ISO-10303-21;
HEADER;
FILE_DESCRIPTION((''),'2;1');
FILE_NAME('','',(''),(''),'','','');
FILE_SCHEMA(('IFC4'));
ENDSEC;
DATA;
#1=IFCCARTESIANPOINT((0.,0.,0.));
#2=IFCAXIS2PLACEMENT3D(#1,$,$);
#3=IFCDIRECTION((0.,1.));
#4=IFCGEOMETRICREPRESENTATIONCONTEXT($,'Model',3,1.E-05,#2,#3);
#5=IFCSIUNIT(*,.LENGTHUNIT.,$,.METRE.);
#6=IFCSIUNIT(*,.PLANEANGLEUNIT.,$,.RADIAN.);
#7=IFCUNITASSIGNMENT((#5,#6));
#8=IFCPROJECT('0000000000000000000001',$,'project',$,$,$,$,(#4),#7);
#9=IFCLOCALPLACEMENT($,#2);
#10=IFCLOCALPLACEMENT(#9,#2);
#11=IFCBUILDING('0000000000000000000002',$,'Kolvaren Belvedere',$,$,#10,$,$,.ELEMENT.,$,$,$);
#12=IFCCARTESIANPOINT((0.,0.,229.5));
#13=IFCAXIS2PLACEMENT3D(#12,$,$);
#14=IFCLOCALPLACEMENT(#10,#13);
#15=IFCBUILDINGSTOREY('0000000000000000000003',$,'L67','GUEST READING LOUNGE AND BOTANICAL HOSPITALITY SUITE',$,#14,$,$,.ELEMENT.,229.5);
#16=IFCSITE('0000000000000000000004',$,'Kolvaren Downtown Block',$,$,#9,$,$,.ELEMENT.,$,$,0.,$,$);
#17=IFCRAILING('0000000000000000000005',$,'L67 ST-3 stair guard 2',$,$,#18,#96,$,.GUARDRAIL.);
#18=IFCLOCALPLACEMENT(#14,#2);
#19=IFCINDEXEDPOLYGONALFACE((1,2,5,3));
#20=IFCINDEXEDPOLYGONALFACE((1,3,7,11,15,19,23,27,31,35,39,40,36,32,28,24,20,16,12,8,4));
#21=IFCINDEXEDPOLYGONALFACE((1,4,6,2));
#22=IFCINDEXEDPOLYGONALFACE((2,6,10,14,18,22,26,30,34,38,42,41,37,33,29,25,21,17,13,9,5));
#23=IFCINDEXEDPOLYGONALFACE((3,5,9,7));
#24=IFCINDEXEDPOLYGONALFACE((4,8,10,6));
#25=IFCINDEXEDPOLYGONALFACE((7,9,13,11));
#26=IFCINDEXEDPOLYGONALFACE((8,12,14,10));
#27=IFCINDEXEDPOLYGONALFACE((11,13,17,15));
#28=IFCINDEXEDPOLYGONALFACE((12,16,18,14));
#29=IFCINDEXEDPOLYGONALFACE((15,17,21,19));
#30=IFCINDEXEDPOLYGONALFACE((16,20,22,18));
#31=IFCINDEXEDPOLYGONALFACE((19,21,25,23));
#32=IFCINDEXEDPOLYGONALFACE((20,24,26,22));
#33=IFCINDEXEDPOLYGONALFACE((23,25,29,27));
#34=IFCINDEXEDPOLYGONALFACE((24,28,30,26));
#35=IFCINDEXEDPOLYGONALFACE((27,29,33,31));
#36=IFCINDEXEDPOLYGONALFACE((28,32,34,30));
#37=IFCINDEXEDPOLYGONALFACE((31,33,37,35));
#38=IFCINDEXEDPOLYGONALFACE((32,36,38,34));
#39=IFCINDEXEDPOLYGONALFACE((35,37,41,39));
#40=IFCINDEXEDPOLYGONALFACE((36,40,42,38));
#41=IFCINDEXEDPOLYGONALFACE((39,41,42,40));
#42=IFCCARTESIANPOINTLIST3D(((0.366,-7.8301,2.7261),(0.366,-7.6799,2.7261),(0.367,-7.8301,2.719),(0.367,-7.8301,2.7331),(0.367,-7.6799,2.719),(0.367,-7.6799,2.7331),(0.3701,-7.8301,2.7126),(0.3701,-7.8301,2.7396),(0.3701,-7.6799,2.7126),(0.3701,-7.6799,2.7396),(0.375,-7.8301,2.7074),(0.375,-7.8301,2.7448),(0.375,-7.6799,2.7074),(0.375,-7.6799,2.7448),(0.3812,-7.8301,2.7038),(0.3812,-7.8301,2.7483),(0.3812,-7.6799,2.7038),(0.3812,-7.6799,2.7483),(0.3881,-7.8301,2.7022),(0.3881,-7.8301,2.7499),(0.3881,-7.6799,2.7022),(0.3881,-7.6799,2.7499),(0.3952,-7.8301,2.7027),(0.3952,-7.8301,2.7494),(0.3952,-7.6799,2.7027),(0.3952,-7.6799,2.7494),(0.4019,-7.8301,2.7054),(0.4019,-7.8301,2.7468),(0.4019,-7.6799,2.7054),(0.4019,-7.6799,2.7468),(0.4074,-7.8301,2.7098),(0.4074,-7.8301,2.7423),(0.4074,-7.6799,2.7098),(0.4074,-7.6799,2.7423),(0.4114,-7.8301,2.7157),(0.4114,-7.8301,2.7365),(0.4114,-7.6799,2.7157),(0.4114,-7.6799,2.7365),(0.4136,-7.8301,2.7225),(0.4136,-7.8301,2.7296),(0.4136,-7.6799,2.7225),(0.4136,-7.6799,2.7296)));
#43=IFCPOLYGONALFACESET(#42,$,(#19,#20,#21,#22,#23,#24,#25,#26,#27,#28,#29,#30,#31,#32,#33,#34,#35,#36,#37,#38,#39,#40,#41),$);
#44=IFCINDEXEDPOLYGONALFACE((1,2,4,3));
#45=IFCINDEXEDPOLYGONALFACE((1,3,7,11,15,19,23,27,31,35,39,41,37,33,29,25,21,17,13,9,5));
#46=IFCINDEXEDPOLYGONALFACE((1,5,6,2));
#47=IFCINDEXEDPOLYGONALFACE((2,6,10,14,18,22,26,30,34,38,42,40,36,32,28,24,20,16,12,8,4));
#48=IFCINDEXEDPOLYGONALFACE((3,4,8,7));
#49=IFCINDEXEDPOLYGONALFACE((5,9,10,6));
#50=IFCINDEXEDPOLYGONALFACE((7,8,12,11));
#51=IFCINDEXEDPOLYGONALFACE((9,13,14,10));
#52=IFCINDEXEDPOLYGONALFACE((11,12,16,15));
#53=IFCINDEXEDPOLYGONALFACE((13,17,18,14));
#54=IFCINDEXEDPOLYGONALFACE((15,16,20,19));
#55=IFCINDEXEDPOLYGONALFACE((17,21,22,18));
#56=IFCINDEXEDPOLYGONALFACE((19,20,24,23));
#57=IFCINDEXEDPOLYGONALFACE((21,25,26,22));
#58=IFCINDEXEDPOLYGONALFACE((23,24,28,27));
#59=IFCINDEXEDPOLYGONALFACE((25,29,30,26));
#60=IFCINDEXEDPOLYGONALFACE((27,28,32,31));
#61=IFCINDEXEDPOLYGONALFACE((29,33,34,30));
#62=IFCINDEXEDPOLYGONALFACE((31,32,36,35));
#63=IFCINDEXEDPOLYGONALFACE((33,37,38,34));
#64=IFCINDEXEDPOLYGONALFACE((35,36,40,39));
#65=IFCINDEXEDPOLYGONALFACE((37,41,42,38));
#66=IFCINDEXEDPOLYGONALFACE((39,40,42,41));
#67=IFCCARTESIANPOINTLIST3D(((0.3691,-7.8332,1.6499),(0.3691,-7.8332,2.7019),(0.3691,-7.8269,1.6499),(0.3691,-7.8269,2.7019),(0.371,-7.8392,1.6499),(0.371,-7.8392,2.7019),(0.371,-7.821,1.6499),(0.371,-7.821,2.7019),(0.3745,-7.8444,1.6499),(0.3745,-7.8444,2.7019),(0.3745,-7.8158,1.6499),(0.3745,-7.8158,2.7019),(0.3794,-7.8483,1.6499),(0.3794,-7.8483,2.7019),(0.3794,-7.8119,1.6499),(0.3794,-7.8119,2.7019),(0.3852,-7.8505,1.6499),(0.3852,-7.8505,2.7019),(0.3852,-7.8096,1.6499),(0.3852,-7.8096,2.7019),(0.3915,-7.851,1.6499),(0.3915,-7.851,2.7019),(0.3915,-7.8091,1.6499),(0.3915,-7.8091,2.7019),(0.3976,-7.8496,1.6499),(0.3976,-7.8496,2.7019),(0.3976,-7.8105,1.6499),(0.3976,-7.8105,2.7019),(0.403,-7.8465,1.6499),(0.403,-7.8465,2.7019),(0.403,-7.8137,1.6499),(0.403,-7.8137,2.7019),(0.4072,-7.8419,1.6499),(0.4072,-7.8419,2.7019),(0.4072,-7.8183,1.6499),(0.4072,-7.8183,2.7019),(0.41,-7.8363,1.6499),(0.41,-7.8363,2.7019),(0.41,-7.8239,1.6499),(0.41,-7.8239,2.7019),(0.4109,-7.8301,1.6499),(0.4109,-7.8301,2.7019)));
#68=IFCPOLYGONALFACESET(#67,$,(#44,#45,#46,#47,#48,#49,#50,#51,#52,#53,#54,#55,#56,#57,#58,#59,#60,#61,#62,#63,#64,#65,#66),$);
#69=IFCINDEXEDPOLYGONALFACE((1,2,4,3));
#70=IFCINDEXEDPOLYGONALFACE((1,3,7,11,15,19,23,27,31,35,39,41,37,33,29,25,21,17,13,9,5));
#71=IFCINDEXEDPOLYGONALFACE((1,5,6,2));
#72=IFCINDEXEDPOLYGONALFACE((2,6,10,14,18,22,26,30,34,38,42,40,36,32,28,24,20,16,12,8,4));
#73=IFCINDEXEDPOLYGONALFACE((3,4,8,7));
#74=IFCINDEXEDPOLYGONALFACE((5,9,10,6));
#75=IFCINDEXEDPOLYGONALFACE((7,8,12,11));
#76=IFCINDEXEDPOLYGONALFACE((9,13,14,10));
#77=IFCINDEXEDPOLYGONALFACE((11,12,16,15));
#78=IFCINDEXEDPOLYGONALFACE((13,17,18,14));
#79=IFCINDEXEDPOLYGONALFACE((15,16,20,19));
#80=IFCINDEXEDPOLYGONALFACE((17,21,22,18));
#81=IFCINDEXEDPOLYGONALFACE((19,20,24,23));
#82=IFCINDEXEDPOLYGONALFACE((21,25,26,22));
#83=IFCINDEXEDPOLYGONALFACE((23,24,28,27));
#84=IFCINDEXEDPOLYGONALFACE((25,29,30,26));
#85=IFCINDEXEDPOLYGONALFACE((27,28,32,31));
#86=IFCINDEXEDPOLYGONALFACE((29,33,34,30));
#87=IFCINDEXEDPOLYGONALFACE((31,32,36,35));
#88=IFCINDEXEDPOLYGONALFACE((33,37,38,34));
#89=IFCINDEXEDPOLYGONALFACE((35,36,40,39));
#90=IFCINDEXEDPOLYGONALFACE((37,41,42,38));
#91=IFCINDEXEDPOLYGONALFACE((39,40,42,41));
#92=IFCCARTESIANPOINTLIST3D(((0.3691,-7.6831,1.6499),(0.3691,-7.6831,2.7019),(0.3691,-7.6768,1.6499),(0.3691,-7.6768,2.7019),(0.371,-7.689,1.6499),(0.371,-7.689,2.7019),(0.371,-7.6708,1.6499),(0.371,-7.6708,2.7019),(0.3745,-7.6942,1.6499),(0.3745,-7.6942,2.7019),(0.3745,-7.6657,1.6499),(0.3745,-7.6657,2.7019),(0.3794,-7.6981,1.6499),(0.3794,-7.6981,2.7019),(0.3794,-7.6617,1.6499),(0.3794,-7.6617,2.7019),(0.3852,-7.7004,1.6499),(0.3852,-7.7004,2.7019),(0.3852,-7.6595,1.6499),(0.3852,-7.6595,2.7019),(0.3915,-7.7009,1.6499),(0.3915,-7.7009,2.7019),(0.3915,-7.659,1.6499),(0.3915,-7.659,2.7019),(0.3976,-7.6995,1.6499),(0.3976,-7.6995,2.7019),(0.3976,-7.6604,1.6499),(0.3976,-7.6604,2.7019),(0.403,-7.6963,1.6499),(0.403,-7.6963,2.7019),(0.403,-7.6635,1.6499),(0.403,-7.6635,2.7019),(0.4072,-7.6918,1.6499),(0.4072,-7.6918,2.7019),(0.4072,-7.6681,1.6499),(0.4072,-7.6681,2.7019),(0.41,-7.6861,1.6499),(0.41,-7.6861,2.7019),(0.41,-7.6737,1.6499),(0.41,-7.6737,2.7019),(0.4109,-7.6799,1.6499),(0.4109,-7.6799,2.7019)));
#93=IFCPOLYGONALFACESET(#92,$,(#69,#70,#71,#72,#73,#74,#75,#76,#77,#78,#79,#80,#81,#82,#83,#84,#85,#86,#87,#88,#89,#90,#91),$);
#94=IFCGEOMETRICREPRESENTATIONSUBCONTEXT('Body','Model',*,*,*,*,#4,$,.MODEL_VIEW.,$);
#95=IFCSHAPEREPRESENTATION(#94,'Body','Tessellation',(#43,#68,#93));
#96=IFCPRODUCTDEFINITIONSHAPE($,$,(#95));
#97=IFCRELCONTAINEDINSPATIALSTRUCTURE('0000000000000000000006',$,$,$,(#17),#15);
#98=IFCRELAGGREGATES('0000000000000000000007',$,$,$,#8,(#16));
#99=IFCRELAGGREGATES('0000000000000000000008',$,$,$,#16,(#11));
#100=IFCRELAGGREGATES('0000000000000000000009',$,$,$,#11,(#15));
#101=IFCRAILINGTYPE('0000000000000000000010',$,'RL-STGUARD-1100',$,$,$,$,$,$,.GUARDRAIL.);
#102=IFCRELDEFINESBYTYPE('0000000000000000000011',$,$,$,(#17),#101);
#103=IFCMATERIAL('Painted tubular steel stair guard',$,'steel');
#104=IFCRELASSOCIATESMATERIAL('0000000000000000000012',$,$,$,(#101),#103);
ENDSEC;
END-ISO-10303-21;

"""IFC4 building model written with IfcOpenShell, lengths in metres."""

from ifc_helpers import new_model, si_unit, direction, frame, origin, origin_2d, place, context, subcontext, project, spatial, circle, extrude, material, type_object, element, save


model = new_model("IFC4")

# Units and contexts
model_context = context("Model", 3, precision=1e-05, world=origin(), true_north=direction((0.0, 1.0)))
body_context = subcontext(model_context, "Body", "Model", "MODEL_VIEW")
ifc_project = project(units=[si_unit("LENGTHUNIT", "METRE"), si_unit("PLANEANGLEUNIT", "RADIAN")], contexts=[model_context])

# Site, building, storey
site_placement = place(None, origin())
site = spatial("IfcSite", under=ifc_project, at=site_placement, Name="Kolvaren Downtown Block", CompositionType="ELEMENT", RefElevation=0.0)
building_placement = place(site_placement, origin())
building = spatial("IfcBuilding", under=site, at=building_placement, Name="Kolvaren Belvedere", CompositionType="ELEMENT")
storey_placement = place(building_placement, frame((0.0, 0.0, 229.5)))
storey = spatial("IfcBuildingStorey", under=building, at=storey_placement, Name="L67", Description="GUEST READING LOUNGE AND BOTANICAL HOSPITALITY SUITE", CompositionType="ELEMENT", Elevation=229.5)

# Railing
ifc_material_1 = material(Name="Painted tubular steel stair guard", Category="steel")
railing_type_1 = type_object("IfcRailingType", Name="RL-STGUARD-1100", PredefinedType="GUARDRAIL", material=ifc_material_1)
railing_1_placement = place(storey_placement, frame((0.3899, -7.8301, 1.6499)))
element("IfcRailing", 1, at=railing_1_placement, inside=storey, type_object=railing_type_1, Name="L67 ST-3 stair guard 2", PredefinedType="GUARDRAIL", context=body_context, shape_type="SweptSolid", body=[
    extrude(circle(Radius=0.0239, at=origin_2d()), frame((0.0, 0.0, 1.0762), z_axis=(0.0, 1.0, 0.0), x_axis=(-1.0, 0.0, 0.0)), (0.0, 0.0, 1.0), 0.1501),
    extrude(circle(Radius=0.021, at=origin_2d()), origin(), (0.0, 0.0, 1.0), 1.052),
    extrude(circle(Radius=0.021, at=origin_2d()), frame((0.0, 0.1501, 0.0)), (0.0, 0.0, 1.0), 1.052),
])

save(model, "model.ifc")
